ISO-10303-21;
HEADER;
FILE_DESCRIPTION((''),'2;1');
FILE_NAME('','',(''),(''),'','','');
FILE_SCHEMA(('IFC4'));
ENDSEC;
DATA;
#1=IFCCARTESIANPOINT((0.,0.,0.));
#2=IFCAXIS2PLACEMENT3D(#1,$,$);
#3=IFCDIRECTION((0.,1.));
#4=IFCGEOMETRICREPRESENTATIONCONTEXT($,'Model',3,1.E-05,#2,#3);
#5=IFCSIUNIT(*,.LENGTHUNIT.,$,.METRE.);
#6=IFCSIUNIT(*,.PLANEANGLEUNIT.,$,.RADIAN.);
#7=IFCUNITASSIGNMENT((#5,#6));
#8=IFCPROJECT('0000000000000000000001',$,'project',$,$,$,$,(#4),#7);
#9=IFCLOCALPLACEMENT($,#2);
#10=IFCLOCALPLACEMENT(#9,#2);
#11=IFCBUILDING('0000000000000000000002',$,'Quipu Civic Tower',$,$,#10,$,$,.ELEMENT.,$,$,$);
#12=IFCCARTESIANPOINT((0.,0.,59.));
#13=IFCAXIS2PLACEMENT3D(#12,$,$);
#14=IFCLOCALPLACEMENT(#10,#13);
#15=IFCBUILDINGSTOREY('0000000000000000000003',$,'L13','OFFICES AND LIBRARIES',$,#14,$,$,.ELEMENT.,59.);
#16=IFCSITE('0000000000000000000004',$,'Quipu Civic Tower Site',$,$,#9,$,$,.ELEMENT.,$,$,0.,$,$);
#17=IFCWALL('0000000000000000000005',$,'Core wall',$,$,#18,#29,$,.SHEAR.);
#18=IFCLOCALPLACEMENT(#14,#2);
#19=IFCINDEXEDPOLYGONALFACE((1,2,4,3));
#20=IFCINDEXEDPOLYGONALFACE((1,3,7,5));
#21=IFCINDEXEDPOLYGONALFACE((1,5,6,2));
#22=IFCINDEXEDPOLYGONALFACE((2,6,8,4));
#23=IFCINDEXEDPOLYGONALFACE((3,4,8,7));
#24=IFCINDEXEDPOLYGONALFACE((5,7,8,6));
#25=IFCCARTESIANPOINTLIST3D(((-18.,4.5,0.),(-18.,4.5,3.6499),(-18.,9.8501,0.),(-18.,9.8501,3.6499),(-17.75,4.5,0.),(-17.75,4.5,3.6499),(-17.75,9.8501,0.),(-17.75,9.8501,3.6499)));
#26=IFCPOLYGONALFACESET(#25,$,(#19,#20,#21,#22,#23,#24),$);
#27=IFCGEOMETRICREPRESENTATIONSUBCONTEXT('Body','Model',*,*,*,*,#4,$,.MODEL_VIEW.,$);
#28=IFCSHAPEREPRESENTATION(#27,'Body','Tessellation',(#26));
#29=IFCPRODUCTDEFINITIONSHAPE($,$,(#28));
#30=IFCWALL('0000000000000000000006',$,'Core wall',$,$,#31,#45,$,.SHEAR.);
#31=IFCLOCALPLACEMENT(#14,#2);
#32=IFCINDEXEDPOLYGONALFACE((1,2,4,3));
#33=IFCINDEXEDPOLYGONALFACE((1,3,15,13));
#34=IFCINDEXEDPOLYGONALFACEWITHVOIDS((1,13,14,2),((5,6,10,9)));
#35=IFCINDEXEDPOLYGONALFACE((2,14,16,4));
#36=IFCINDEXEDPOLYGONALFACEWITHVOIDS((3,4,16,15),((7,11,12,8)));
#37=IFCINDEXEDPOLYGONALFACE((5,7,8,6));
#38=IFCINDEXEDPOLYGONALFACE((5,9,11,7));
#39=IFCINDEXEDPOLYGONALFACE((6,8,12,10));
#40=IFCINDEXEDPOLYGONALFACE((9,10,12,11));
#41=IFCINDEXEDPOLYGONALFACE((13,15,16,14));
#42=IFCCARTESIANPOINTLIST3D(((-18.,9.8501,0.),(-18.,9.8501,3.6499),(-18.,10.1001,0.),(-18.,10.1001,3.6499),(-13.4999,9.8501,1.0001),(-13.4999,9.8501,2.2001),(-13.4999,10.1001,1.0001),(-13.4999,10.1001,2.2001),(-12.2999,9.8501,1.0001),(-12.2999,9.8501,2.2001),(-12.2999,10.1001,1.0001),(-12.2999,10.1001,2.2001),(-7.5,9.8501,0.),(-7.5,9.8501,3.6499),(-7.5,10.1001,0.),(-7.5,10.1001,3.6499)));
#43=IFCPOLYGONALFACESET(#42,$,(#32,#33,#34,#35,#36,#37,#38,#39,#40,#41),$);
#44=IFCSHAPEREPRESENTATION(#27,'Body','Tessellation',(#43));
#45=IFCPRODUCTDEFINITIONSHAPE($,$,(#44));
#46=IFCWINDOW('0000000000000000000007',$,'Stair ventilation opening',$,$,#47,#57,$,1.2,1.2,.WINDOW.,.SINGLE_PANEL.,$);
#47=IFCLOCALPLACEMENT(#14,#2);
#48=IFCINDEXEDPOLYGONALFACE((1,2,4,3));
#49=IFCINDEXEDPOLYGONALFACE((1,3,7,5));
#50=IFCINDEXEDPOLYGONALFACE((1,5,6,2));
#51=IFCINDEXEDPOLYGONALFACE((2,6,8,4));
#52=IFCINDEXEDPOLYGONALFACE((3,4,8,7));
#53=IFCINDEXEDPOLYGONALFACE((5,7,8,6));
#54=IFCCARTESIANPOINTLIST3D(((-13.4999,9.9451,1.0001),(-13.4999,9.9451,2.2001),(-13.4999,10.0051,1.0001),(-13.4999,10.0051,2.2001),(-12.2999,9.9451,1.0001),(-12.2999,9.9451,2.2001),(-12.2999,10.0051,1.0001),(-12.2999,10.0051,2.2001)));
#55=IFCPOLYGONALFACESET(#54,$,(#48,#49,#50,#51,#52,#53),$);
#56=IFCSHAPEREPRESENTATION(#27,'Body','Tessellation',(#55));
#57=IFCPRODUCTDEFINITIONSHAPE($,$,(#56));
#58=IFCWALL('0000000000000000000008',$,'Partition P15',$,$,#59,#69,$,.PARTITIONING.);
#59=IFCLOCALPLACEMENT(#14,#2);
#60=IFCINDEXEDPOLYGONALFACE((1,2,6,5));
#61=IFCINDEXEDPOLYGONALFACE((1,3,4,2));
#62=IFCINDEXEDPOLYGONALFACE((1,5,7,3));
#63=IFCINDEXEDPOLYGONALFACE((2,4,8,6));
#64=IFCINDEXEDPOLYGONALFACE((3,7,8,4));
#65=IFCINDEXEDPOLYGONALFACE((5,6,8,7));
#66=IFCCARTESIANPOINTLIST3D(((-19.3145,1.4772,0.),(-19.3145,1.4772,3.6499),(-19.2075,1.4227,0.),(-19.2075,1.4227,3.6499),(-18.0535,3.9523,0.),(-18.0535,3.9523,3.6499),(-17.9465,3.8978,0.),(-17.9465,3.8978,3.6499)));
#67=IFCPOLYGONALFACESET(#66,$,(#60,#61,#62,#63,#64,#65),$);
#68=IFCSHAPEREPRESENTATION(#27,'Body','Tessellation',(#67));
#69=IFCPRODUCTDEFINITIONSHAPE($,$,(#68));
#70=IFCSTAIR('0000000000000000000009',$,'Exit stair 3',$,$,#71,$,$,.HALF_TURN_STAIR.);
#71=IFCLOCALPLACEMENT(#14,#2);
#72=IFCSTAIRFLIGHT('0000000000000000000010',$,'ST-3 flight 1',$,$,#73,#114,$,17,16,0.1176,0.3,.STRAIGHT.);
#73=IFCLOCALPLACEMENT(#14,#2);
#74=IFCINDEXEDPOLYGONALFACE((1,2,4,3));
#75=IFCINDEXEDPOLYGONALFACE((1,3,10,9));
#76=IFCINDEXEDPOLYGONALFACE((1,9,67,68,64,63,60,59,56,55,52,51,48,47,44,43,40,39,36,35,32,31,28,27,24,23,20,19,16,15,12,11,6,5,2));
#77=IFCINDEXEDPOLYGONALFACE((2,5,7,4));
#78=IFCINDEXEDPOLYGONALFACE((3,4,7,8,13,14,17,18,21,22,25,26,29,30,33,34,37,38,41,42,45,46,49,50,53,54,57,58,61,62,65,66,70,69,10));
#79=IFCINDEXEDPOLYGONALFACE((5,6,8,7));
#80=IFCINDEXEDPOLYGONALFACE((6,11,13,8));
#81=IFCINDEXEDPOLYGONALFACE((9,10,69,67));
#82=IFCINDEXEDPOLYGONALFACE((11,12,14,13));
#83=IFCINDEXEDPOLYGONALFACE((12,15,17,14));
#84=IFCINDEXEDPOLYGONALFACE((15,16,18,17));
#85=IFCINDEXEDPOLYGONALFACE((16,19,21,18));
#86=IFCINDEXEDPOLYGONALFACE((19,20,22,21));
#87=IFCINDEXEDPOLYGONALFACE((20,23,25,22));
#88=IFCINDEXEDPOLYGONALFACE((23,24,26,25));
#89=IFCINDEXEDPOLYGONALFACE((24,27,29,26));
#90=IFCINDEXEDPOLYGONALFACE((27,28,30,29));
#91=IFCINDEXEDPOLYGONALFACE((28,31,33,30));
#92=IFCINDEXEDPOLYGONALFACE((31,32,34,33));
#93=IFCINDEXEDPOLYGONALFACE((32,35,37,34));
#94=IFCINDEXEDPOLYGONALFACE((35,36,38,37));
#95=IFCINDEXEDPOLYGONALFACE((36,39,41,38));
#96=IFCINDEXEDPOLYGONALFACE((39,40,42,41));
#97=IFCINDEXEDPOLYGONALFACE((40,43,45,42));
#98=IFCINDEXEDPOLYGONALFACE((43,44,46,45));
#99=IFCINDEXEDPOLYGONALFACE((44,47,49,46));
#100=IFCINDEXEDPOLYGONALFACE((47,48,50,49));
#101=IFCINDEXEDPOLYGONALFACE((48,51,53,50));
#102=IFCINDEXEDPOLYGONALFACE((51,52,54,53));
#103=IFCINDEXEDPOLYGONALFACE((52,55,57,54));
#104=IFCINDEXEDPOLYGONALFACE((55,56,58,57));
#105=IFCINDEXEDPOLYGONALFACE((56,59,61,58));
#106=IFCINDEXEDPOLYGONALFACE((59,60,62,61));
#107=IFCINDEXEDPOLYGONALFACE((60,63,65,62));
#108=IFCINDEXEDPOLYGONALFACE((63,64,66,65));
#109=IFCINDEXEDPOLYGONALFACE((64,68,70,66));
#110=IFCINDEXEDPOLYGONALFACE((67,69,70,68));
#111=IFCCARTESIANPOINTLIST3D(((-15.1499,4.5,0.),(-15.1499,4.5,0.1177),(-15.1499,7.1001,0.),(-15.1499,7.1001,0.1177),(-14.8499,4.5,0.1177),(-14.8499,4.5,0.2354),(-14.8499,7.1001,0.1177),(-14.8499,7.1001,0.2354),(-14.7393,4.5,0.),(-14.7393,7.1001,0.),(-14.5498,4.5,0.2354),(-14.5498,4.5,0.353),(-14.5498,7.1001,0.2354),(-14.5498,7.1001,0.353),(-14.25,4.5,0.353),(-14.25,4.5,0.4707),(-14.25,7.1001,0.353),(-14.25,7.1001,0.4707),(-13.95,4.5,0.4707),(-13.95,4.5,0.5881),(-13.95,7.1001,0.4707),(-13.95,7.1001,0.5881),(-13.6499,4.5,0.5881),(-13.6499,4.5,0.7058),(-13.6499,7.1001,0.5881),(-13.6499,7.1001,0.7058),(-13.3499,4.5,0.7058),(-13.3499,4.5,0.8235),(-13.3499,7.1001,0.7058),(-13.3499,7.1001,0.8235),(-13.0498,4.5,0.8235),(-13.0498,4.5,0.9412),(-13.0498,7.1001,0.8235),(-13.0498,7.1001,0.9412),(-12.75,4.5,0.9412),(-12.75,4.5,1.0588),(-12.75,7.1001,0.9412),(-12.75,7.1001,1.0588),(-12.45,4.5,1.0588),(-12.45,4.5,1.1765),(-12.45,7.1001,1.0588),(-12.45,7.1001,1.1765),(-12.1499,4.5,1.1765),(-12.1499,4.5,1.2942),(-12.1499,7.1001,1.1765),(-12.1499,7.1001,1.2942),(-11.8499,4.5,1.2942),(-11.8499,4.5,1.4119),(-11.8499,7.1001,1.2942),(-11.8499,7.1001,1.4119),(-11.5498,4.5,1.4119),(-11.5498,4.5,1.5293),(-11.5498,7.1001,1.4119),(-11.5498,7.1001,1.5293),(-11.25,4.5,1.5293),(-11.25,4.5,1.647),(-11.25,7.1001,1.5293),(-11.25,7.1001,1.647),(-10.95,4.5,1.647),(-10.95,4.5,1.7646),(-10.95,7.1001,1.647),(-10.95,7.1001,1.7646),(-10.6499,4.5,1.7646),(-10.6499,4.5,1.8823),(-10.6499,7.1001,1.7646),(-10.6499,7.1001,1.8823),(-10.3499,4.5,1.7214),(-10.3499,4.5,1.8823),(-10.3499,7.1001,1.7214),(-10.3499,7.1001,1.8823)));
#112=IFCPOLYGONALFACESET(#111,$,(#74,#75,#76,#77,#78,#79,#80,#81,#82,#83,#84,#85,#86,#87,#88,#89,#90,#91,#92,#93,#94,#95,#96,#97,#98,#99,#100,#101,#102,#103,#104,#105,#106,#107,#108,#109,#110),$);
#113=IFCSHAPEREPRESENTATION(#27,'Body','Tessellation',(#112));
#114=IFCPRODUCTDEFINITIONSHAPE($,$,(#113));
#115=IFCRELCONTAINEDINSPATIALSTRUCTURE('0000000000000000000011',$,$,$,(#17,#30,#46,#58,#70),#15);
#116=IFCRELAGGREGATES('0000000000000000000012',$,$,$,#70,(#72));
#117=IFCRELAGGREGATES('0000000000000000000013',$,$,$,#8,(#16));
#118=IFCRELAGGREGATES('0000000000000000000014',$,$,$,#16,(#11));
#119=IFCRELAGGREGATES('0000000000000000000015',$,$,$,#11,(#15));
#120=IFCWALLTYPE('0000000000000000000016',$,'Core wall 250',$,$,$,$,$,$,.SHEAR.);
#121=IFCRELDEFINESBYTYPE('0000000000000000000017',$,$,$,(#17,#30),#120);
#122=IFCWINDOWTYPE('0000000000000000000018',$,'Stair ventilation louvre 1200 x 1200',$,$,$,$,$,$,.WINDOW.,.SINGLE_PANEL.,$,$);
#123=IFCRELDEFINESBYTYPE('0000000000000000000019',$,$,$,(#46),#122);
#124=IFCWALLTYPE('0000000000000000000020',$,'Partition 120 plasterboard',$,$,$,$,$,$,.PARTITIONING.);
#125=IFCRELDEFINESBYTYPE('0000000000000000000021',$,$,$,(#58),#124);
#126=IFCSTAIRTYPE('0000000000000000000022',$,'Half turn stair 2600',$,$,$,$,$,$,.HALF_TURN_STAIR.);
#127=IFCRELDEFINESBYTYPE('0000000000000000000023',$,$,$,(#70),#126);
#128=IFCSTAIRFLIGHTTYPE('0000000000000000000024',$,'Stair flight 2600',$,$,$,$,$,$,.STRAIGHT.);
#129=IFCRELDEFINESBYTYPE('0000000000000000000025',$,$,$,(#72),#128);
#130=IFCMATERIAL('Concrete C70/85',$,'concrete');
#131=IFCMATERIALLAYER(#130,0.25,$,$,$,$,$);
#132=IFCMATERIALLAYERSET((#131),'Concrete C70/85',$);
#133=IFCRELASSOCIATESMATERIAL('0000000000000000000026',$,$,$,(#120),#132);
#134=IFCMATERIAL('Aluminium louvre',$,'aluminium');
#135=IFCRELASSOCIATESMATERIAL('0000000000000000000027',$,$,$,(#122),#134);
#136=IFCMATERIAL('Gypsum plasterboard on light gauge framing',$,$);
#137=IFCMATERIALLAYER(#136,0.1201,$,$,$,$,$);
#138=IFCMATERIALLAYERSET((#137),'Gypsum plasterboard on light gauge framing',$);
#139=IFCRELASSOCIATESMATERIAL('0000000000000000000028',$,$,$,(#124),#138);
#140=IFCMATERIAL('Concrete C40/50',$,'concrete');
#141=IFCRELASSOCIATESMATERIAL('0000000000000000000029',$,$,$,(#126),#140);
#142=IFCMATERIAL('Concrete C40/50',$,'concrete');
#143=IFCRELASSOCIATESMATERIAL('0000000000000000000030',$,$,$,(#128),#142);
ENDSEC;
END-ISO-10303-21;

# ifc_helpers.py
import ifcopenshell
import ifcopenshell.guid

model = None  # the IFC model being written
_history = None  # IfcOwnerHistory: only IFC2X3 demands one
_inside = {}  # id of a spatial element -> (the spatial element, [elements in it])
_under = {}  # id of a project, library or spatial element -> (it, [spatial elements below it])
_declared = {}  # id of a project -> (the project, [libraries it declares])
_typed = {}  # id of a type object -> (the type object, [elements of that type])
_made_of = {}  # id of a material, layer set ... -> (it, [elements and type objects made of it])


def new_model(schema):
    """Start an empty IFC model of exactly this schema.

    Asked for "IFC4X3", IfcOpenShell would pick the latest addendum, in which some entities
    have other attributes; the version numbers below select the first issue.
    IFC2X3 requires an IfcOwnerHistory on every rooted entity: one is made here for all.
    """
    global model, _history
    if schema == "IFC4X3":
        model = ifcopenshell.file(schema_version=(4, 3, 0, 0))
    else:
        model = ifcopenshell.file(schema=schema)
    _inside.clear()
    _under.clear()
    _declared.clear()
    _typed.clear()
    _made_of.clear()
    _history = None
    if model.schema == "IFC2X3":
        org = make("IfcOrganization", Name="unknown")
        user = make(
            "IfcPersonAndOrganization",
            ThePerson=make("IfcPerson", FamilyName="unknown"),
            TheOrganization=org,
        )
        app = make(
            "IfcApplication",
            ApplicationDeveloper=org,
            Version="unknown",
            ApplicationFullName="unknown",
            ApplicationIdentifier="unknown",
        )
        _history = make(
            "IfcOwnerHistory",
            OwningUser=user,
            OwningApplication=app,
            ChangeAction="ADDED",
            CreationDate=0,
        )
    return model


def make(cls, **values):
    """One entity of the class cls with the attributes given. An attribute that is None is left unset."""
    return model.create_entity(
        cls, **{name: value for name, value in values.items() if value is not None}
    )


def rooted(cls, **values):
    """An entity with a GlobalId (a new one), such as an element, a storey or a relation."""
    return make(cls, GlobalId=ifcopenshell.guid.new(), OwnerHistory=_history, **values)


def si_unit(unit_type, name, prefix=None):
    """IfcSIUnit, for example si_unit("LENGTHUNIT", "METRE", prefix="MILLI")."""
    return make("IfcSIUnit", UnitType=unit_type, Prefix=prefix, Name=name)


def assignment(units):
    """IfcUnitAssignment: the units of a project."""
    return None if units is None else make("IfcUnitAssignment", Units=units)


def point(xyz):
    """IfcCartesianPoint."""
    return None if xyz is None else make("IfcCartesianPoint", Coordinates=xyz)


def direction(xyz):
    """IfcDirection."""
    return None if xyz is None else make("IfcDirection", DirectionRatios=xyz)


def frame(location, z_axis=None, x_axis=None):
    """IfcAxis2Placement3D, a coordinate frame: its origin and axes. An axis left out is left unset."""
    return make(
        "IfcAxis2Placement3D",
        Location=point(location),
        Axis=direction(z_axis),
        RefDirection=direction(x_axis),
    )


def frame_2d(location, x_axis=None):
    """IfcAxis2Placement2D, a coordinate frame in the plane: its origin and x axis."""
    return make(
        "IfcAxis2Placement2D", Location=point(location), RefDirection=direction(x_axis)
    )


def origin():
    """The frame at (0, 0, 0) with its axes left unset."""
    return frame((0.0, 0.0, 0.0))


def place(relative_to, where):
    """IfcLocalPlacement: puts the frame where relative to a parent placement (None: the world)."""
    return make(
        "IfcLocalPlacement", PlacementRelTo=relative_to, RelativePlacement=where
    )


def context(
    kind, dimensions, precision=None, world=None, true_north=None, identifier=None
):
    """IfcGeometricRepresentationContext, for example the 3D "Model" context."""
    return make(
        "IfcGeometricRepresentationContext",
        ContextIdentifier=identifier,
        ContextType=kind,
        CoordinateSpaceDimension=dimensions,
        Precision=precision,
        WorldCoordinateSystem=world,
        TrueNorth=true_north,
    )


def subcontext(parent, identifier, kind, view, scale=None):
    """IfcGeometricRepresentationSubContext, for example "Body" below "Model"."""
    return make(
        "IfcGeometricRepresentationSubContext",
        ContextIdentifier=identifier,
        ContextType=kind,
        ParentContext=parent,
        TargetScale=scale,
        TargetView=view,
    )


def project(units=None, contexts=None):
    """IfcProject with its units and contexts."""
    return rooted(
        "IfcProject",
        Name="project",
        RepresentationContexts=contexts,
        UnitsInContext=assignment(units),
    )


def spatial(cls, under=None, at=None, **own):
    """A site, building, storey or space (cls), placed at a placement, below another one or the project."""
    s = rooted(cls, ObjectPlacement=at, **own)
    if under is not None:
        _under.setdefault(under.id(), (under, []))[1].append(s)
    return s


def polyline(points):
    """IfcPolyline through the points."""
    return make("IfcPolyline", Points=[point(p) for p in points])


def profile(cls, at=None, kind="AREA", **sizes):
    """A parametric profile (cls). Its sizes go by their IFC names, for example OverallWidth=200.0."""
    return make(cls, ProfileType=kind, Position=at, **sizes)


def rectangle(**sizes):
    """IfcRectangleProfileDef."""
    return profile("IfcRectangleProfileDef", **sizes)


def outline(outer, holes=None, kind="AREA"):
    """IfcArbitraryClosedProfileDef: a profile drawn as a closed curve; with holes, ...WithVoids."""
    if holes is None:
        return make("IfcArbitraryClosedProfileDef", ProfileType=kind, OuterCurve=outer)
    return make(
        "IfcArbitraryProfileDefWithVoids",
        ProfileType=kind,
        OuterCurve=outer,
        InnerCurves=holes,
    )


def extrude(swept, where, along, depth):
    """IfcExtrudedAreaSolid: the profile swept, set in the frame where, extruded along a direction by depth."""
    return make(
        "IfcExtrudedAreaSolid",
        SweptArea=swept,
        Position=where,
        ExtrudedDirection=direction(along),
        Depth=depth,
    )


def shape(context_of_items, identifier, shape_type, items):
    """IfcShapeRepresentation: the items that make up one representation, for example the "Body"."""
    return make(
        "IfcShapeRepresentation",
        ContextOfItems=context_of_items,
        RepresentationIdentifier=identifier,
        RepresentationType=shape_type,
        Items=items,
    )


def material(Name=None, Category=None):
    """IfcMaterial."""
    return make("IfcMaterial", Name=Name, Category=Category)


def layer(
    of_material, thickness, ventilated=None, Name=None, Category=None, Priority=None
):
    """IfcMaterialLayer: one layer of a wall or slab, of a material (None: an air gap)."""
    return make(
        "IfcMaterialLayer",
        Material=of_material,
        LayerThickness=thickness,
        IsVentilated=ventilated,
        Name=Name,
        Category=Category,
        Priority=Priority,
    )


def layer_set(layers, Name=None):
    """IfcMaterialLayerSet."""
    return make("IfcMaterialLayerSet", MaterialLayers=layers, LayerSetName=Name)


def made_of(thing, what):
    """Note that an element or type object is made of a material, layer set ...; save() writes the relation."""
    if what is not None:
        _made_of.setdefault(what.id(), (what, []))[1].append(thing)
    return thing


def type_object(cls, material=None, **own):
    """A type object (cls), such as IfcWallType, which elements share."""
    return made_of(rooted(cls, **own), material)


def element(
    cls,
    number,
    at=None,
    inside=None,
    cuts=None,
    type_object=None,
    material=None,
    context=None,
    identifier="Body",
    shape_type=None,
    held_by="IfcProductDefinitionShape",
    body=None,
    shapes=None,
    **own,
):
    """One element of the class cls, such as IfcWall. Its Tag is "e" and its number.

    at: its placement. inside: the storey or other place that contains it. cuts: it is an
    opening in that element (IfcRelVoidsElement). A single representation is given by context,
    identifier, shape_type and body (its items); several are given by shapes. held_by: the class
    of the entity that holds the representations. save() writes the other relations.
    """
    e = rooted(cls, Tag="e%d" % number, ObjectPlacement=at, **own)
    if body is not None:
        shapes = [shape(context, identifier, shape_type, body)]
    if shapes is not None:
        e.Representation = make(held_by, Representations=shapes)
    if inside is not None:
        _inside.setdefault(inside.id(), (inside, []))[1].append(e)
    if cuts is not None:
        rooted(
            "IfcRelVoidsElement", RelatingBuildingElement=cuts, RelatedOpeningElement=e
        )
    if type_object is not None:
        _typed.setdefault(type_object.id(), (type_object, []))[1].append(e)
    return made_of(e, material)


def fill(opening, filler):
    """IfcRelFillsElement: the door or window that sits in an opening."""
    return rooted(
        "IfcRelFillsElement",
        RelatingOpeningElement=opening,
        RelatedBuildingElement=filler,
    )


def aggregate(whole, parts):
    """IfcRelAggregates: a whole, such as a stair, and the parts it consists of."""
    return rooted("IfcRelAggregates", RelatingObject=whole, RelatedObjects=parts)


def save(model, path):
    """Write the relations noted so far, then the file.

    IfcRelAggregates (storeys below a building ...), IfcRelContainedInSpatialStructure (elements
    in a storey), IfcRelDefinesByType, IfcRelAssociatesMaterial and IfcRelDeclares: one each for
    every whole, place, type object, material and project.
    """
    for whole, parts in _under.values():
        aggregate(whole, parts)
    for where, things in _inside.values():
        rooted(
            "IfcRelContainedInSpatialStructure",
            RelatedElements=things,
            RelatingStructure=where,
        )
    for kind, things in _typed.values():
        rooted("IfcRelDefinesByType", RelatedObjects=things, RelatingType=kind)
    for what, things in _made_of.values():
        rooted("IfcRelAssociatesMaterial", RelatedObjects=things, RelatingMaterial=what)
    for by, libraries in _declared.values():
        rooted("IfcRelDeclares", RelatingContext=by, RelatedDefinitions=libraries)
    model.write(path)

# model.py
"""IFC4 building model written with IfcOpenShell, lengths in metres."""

from ifc_helpers import new_model, si_unit, direction, frame, frame_2d, origin, place, context, subcontext, project, spatial, polyline, rectangle, outline, extrude, material, layer, layer_set, type_object, element, fill, aggregate, save


model = new_model("IFC4")

# Units and contexts
model_context = context("Model", 3, precision=1e-05, world=origin(), true_north=direction((0.0, 1.0)))
body_context = subcontext(model_context, "Body", "Model", "MODEL_VIEW")
ifc_project = project(units=[si_unit("LENGTHUNIT", "METRE"), si_unit("PLANEANGLEUNIT", "RADIAN")], contexts=[model_context])

# Site, building, storey
site_placement = place(None, origin())
site = spatial("IfcSite", under=ifc_project, at=site_placement, Name="Quipu Civic Tower Site", CompositionType="ELEMENT", RefElevation=0.0)
building_placement = place(site_placement, origin())
building = spatial("IfcBuilding", under=site, at=building_placement, Name="Quipu Civic Tower", CompositionType="ELEMENT")
storey_placement = place(building_placement, frame((0.0, 0.0, 59.0)))
storey = spatial("IfcBuildingStorey", under=building, at=storey_placement, Name="L13", Description="OFFICES AND LIBRARIES", CompositionType="ELEMENT", Elevation=59.0)

# Shared definitions
ifc_material_1 = material(Name="Concrete C70/85", Category="concrete")
ifc_layer_1 = layer(ifc_material_1, 0.25)
ifc_layer_set_1 = layer_set([ifc_layer_1], Name="Concrete C70/85")
wall_type_1 = type_object("IfcWallType", Name="Core wall 250", PredefinedType="SHEAR", material=ifc_layer_set_1)

# Wall
wall_1_placement = place(storey_placement, frame((-17.875, 4.5, 0.0), z_axis=(0.0, 0.0, 1.0), x_axis=(0.0, 1.0, 0.0)))
element("IfcWall", 1, at=wall_1_placement, inside=storey, type_object=wall_type_1, Name="Core wall", PredefinedType="SHEAR", context=body_context, shape_type="SweptSolid", body=[
    extrude(rectangle(XDim=5.3501, YDim=0.25, at=frame_2d((2.675, 0.0))), origin(), (0.0, 0.0, 1.0), 3.6499),
])

# Wall, opening, window
wall_2_placement = place(storey_placement, frame((-18.0, 9.9751, 0.0), z_axis=(0.0, 0.0, 1.0), x_axis=(1.0, 0.0, 0.0)))
wall_2 = element("IfcWall", 2, at=wall_2_placement, inside=storey, type_object=wall_type_1, Name="Core wall", PredefinedType="SHEAR", context=body_context, shape_type="SweptSolid", body=[
    extrude(rectangle(XDim=10.5, YDim=0.25, at=frame_2d((5.25, 0.0))), origin(), (0.0, 0.0, 1.0), 3.6499),
])
opening_1_placement = place(wall_2_placement, frame((4.5, 0.0, 1.0)))
opening_1 = element("IfcOpeningElement", 3, at=opening_1_placement, cuts=wall_2, PredefinedType="OPENING", context=body_context, shape_type="SweptSolid", body=[
    extrude(rectangle(XDim=1.2, YDim=1.2, at=frame_2d((0.6001, 0.6001))), frame((0.0, 0.135, 0.0), z_axis=(0.0, -1.0, 0.0), x_axis=(1.0, 0.0, 0.0)), (0.0, 0.0, 1.0), 0.27),
])
ifc_material_2 = material(Name="Aluminium louvre", Category="aluminium")
window_type = type_object("IfcWindowType", Name="Stair ventilation louvre 1200 x 1200", PartitioningType="SINGLE_PANEL", PredefinedType="WINDOW", material=ifc_material_2)
window_placement = place(opening_1_placement, origin())
window = element("IfcWindow", 4, at=window_placement, inside=storey, type_object=window_type, Name="Stair ventilation opening", OverallHeight=1.2, OverallWidth=1.2, PartitioningType="SINGLE_PANEL", PredefinedType="WINDOW", context=body_context, shape_type="SweptSolid", body=[
    extrude(rectangle(XDim=1.2, YDim=1.2, at=frame_2d((0.6001, 0.6001))), frame((0.0, 0.03, 0.0), z_axis=(0.0, -1.0, 0.0), x_axis=(1.0, 0.0, 0.0)), (0.0, 0.0, 1.0), 0.0601),
])
fill(opening_1, window)

# Wall
ifc_material_3 = material(Name="Gypsum plasterboard on light gauge framing")
ifc_layer_2 = layer(ifc_material_3, 0.1201)
ifc_layer_set_2 = layer_set([ifc_layer_2], Name="Gypsum plasterboard on light gauge framing")
wall_type_2 = type_object("IfcWallType", Name="Partition 120 plasterboard", PredefinedType="PARTITIONING", material=ifc_layer_set_2)
wall_3_placement = place(storey_placement, frame((-19.261, 1.45, 0.0), z_axis=(0.0, 0.0, 1.0), x_axis=(0.453951, 0.891027, 0.0)))
element("IfcWall", 5, at=wall_3_placement, inside=storey, type_object=wall_type_2, Name="Partition P15", PredefinedType="PARTITIONING", context=body_context, shape_type="SweptSolid", body=[
    extrude(rectangle(XDim=2.7778, YDim=0.1201, at=frame_2d((1.3889, 0.0))), origin(), (0.0, 0.0, 1.0), 3.6499),
])

# Stair, stair flight
ifc_material_4 = material(Name="Concrete C40/50", Category="concrete")
stair_type = type_object("IfcStairType", Name="Half turn stair 2600", PredefinedType="HALF_TURN_STAIR", material=ifc_material_4)
stair_placement = place(storey_placement, origin())
stair = element("IfcStair", 6, at=stair_placement, inside=storey, type_object=stair_type, Name="Exit stair 3", PredefinedType="HALF_TURN_STAIR")
ifc_material_5 = material(Name="Concrete C40/50", Category="concrete")
stair_flight_type = type_object("IfcStairFlightType", Name="Stair flight 2600", PredefinedType="STRAIGHT", material=ifc_material_5)
stair_flight_placement = place(storey_placement, frame((-15.1499, 5.8, 0.0), z_axis=(0.0, 0.0, 1.0), x_axis=(1.0, 0.0, 0.0)))
stair_flight = element("IfcStairFlight", 7, at=stair_flight_placement, type_object=stair_flight_type, Name="ST-3 flight 1", NumberOfRisers=17, NumberOfTreads=16, PredefinedType="STRAIGHT", RiserHeight=0.1176, TreadLength=0.3, context=body_context, shape_type="SweptSolid", body=[
    extrude(outline(polyline([(0.0, 0.0), (0.0, 0.1177), (0.3, 0.1177), (0.3, 0.2354), (0.6001, 0.2354), (0.6001, 0.353), (0.8999, 0.353), (0.8999, 0.4707), (1.2, 0.4707), (1.2, 0.5881), (1.5, 0.5881), (1.5, 0.7058), (1.8, 0.7058), (1.8, 0.8235), (2.1001, 0.8235), (2.1001, 0.9412), (2.3999, 0.9412), (2.3999, 1.0588), (2.7, 1.0588), (2.7, 1.1765), (3.0, 1.1765), (3.0, 1.2942), (3.3, 1.2942), (3.3, 1.4119), (3.6001, 1.4119), (3.6001, 1.5293), (3.8999, 1.5293), (3.8999, 1.647), (4.2, 1.647), (4.2, 1.7646), (4.5, 1.7646), (4.5, 1.8823), (4.8, 1.8823), (4.8, 2.0), (4.8, 1.7214), (0.4106, 0.0), (0.0, 0.0)])), frame((0.0, 1.3, 0.0), z_axis=(0.0, -1.0, 0.0), x_axis=(1.0, 0.0, 0.0)), (0.0, 0.0, 1.0), 2.6001),
])
aggregate(stair, [stair_flight])

save(model, "model.ifc")
